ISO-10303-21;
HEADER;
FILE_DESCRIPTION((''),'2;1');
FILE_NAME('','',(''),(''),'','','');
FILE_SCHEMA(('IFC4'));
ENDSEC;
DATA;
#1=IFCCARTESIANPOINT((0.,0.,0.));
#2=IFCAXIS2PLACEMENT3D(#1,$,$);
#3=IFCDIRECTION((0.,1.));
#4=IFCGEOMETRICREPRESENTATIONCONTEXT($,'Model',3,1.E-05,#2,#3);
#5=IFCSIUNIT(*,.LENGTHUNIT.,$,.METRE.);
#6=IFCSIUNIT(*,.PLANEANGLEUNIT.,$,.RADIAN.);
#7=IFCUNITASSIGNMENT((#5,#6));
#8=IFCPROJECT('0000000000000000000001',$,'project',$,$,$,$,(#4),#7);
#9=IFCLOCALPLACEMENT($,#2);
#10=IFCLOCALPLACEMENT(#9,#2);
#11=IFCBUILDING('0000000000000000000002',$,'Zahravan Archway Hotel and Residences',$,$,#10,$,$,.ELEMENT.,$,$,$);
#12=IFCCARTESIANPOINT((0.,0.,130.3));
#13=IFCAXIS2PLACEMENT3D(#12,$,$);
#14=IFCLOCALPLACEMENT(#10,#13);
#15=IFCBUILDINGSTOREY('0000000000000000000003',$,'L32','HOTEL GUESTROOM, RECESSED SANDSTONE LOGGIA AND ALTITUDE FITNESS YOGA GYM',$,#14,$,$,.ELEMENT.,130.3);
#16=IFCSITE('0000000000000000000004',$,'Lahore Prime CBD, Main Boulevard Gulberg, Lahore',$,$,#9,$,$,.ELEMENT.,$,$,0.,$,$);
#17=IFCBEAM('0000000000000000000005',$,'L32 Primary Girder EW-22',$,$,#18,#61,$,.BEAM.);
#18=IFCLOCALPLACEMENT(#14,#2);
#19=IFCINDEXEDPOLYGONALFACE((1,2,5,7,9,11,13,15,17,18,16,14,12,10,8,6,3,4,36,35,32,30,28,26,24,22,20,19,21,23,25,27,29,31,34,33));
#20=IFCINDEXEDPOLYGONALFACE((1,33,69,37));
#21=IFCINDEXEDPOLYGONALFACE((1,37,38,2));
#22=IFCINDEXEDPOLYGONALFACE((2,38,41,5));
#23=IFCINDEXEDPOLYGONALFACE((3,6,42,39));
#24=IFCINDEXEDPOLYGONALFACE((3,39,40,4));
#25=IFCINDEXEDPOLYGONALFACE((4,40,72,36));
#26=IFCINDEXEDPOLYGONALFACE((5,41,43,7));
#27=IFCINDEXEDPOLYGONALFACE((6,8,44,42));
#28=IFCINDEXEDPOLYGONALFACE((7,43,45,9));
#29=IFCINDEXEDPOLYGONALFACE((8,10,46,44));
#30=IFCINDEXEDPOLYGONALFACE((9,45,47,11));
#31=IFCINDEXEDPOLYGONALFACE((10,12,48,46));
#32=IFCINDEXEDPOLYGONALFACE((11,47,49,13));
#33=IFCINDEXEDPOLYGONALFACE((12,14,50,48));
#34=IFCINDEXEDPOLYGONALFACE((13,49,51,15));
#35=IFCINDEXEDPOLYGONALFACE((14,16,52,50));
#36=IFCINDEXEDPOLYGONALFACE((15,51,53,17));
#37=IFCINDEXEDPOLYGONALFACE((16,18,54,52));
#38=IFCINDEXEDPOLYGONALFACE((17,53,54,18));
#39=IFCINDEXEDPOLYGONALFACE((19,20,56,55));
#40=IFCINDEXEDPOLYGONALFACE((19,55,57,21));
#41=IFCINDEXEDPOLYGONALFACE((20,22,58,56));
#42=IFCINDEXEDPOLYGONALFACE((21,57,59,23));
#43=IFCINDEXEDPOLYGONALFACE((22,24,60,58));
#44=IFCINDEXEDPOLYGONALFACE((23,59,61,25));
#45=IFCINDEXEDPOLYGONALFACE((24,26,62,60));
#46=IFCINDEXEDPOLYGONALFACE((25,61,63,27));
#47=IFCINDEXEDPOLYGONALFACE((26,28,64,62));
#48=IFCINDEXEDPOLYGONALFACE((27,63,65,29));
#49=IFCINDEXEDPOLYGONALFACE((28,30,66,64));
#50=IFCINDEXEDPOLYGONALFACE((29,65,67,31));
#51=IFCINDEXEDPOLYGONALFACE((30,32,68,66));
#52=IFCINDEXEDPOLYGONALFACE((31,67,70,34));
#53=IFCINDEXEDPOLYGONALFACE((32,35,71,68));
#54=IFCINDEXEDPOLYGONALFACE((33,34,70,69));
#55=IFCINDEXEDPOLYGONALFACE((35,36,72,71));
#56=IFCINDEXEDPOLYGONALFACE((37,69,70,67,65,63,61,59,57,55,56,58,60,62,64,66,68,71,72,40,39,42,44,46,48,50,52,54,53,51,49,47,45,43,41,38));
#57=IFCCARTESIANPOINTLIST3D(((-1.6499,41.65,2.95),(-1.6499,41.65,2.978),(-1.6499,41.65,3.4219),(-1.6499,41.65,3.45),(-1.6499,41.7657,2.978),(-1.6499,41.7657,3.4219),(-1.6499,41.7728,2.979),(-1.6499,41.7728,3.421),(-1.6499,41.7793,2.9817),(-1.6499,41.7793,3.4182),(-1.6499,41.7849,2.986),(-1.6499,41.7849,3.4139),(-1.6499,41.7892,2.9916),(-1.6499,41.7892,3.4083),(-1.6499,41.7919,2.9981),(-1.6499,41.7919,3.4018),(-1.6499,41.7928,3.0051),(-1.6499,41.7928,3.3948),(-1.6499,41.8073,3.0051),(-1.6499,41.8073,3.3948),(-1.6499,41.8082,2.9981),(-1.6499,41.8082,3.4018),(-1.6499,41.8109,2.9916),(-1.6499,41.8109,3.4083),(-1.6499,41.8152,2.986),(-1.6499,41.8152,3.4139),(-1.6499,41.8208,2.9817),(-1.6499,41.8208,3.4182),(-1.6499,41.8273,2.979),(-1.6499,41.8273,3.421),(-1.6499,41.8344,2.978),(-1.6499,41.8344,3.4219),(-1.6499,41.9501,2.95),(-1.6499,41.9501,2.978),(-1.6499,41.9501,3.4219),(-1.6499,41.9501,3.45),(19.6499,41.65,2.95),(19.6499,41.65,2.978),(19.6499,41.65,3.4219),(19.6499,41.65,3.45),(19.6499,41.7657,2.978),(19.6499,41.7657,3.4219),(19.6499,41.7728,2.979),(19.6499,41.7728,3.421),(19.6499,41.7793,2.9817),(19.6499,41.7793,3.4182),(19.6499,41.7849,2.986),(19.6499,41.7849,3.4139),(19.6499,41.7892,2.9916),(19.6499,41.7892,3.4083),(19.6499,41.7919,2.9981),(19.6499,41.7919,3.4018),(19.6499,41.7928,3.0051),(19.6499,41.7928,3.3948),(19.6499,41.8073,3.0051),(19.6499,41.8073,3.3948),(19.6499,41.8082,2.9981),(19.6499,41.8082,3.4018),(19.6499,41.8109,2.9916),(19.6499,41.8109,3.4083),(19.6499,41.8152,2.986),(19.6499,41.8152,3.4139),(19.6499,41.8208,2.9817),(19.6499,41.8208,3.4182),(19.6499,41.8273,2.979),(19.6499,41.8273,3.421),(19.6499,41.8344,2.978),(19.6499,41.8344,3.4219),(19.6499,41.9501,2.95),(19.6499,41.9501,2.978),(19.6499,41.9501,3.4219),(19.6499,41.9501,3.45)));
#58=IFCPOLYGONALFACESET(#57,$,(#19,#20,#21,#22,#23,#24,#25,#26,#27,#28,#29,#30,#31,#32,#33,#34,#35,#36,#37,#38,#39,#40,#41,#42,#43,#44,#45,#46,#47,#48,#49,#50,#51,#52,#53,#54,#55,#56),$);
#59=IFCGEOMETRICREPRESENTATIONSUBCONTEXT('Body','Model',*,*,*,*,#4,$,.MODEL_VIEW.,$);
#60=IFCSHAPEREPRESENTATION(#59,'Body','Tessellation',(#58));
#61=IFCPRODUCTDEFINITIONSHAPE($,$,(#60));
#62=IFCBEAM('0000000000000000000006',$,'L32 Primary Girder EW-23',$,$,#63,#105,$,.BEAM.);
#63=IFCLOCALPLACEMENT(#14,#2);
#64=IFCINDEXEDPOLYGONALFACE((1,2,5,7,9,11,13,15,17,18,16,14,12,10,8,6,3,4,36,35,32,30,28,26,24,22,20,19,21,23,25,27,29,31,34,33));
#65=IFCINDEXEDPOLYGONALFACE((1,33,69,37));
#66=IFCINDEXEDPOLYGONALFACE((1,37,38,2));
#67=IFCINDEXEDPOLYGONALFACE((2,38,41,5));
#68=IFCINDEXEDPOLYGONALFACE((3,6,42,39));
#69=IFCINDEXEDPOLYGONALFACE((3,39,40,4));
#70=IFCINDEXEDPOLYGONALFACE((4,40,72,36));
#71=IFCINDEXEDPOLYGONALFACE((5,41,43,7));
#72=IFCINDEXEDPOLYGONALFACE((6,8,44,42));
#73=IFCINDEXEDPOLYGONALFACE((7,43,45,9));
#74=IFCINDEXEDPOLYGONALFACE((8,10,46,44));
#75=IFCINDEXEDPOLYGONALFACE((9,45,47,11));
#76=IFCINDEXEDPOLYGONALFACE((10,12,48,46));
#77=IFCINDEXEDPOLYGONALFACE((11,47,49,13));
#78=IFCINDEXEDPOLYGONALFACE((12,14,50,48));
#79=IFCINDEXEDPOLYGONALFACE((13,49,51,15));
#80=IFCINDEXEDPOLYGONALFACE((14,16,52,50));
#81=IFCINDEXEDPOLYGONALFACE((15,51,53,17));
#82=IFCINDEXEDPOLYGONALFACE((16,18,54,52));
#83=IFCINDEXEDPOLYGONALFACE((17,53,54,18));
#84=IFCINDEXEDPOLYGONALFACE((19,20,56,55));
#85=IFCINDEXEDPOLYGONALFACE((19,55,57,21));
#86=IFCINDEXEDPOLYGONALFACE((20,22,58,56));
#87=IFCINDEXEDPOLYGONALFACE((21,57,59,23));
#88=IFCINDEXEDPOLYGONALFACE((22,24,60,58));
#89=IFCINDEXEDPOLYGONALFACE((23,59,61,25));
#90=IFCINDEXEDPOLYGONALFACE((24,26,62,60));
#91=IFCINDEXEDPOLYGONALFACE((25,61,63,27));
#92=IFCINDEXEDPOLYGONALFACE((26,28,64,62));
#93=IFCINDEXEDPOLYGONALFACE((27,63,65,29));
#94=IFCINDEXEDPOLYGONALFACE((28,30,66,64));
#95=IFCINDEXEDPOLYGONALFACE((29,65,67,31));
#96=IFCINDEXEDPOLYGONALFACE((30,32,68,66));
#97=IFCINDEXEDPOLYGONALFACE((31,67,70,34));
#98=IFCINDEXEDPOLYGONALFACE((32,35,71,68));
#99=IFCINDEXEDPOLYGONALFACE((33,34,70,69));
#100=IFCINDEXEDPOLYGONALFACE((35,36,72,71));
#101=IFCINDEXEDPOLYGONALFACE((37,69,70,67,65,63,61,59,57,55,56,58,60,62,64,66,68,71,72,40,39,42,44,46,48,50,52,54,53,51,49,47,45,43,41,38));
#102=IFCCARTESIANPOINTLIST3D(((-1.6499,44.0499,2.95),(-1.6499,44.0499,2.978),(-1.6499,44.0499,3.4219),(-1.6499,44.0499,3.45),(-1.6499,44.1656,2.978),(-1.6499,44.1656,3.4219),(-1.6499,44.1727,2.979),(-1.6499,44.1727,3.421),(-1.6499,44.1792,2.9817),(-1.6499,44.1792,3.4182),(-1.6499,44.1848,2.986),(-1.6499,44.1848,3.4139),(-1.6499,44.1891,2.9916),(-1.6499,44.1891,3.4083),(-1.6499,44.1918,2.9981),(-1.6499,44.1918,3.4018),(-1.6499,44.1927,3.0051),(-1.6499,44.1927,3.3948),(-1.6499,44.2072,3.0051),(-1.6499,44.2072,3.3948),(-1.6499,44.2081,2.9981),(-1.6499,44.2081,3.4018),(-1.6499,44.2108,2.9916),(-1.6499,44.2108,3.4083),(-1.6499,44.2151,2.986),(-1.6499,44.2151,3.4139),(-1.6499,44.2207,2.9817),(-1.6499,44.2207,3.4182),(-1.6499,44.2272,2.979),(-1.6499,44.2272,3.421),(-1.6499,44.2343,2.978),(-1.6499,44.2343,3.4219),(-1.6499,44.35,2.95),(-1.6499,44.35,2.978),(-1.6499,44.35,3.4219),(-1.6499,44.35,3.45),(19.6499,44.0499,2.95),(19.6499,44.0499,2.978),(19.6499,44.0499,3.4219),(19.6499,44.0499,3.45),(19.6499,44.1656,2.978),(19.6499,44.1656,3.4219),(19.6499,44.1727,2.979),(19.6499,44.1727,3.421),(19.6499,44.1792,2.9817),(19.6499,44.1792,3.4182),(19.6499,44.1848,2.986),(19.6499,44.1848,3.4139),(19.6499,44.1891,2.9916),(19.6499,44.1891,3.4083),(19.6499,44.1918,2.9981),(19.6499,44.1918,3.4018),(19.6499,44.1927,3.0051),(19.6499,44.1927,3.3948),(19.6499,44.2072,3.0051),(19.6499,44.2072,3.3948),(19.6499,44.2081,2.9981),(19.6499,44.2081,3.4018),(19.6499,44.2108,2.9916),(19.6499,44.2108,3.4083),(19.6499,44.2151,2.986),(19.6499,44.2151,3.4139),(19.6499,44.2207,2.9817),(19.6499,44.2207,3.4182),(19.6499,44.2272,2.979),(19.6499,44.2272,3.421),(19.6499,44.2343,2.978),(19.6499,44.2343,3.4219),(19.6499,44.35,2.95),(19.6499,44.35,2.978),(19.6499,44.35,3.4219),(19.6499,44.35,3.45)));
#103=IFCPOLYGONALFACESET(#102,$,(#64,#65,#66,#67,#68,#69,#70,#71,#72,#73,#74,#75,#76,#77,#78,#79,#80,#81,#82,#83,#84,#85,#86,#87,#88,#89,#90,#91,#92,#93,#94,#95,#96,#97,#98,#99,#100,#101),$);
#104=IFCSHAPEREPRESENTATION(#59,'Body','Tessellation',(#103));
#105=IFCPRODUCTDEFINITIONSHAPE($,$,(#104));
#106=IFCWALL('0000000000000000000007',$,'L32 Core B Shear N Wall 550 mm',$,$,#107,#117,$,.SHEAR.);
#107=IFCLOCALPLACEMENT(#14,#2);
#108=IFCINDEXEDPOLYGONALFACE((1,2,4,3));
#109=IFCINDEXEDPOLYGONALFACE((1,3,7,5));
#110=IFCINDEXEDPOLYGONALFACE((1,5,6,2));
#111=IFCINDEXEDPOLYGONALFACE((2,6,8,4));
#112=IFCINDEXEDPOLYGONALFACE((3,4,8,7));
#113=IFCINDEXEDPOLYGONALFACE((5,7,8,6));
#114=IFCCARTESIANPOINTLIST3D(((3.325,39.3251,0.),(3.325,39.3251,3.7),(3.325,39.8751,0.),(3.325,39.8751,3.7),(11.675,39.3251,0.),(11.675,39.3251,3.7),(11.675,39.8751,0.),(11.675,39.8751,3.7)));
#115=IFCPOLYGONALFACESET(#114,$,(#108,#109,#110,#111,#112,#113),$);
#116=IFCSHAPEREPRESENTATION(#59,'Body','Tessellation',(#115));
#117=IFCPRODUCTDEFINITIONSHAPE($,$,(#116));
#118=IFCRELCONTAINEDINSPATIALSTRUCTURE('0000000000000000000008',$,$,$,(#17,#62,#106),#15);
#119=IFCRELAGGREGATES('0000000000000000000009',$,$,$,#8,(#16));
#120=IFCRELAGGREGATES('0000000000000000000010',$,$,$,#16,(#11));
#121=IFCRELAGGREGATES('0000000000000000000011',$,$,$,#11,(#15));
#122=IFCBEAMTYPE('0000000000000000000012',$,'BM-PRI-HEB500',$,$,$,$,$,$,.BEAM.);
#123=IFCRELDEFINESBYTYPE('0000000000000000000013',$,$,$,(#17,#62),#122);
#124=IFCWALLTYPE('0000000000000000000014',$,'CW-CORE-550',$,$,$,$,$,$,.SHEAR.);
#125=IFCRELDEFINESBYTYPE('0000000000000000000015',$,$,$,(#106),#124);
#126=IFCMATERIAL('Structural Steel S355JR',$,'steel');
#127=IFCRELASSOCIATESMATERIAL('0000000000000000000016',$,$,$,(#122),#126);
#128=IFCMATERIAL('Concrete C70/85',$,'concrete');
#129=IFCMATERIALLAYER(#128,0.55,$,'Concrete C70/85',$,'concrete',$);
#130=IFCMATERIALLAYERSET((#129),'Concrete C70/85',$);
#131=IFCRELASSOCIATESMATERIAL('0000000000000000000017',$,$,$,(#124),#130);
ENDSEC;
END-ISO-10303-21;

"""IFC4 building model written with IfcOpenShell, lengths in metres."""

from ifc_helpers import new_model, si_unit, direction, frame, frame_2d, origin, origin_2d, place, context, subcontext, project, spatial, rectangle, i_section, extrude, source, transform, mapped, material, layer, layer_set, material_profile, profile_set, type_object, element, save


model = new_model("IFC4")

# Units and contexts
model_context = context("Model", 3, precision=1e-05, world=origin(), true_north=direction((0.0, 1.0)))
body_context = subcontext(model_context, "Body", "Model", "MODEL_VIEW")
ifc_project = project(units=[si_unit("LENGTHUNIT", "METRE"), si_unit("PLANEANGLEUNIT", "RADIAN")], contexts=[model_context])

# Site, building, storey
site_placement = place(None, origin())
site = spatial("IfcSite", under=ifc_project, at=site_placement, Name="Lahore Prime CBD, Main Boulevard Gulberg, Lahore", CompositionType="ELEMENT", RefElevation=0.0)
building_placement = place(site_placement, origin())
building = spatial("IfcBuilding", under=site, at=building_placement, Name="Zahravan Archway Hotel and Residences", CompositionType="ELEMENT")
storey_placement = place(building_placement, frame((0.0, 0.0, 130.3)))
storey = spatial("IfcBuildingStorey", under=building, at=storey_placement, Name="L32", Description="HOTEL GUESTROOM, RECESSED SANDSTONE LOGGIA AND ALTITUDE FITNESS YOGA GYM", CompositionType="ELEMENT", Elevation=130.3)

# Beams
ifc_material_1 = material(Name="Structural Steel S355JR", Category="steel")
ifc_material_profile_1 = material_profile(ifc_material_1, i_section(OverallWidth=0.3, OverallDepth=0.5, WebThickness=0.0144, FlangeThickness=0.0281, FilletRadius=0.0271, at=origin_2d()), Name="HEB 500", Category="steel")
ifc_profile_set_1 = profile_set([ifc_material_profile_1], Name="Structural Steel S355JR")
beam_type_1 = type_object("IfcBeamType", Name="BM-PRI-HEB500", PredefinedType="BEAM", material=ifc_profile_set_1)
shared_shape_1 = source(origin(), body_context, "Body", "SweptSolid", [
    extrude(i_section(OverallWidth=0.3, OverallDepth=0.5, WebThickness=0.0144, FlangeThickness=0.0281, FilletRadius=0.0271, at=origin_2d()), origin(), (0.0, 0.0, 1.0), 21.2998),
])
for number, where, z_axis, x_axis, name in (
    (1, (-1.6499, 41.8, 3.2), (1.0, 0.0, 0.0), (0.0, 1.0, 0.0), "L32 Primary Girder EW-22"),
    (2, (-1.6499, 44.2, 3.2), (1.0, 0.0, 0.0), (0.0, 1.0, 0.0), "L32 Primary Girder EW-23"),
):
    element("IfcBeam", number, at=place(storey_placement, frame(where, z_axis=z_axis, x_axis=x_axis)), inside=storey, type_object=beam_type_1, Name=name, PredefinedType="BEAM", context=body_context, shape_type="MappedRepresentation", body=[
        mapped(shared_shape_1, transform((0.0, 0.0, 0.0), scale=1.0)),
    ])

# Wall
ifc_material_2 = material(Name="Concrete C70/85", Category="concrete")
ifc_layer_1 = layer(ifc_material_2, 0.55, Name="Concrete C70/85", Category="concrete")
ifc_layer_set_1 = layer_set([ifc_layer_1], Name="Concrete C70/85")
wall_type_1 = type_object("IfcWallType", Name="CW-CORE-550", PredefinedType="SHEAR", material=ifc_layer_set_1)
wall_1_placement = place(storey_placement, frame((3.325, 39.6001, 0.0), z_axis=(0.0, 0.0, 1.0), x_axis=(1.0, 0.0, 0.0)))
element("IfcWall", 3, at=wall_1_placement, inside=storey, type_object=wall_type_1, Name="L32 Core B Shear N Wall 550 mm", PredefinedType="SHEAR", context=body_context, shape_type="SweptSolid", body=[
    extrude(rectangle(XDim=8.3501, YDim=0.55, at=frame_2d((4.175, 0.0))), origin(), (0.0, 0.0, 1.0), 3.7),
])

save(model, "model.ifc")
